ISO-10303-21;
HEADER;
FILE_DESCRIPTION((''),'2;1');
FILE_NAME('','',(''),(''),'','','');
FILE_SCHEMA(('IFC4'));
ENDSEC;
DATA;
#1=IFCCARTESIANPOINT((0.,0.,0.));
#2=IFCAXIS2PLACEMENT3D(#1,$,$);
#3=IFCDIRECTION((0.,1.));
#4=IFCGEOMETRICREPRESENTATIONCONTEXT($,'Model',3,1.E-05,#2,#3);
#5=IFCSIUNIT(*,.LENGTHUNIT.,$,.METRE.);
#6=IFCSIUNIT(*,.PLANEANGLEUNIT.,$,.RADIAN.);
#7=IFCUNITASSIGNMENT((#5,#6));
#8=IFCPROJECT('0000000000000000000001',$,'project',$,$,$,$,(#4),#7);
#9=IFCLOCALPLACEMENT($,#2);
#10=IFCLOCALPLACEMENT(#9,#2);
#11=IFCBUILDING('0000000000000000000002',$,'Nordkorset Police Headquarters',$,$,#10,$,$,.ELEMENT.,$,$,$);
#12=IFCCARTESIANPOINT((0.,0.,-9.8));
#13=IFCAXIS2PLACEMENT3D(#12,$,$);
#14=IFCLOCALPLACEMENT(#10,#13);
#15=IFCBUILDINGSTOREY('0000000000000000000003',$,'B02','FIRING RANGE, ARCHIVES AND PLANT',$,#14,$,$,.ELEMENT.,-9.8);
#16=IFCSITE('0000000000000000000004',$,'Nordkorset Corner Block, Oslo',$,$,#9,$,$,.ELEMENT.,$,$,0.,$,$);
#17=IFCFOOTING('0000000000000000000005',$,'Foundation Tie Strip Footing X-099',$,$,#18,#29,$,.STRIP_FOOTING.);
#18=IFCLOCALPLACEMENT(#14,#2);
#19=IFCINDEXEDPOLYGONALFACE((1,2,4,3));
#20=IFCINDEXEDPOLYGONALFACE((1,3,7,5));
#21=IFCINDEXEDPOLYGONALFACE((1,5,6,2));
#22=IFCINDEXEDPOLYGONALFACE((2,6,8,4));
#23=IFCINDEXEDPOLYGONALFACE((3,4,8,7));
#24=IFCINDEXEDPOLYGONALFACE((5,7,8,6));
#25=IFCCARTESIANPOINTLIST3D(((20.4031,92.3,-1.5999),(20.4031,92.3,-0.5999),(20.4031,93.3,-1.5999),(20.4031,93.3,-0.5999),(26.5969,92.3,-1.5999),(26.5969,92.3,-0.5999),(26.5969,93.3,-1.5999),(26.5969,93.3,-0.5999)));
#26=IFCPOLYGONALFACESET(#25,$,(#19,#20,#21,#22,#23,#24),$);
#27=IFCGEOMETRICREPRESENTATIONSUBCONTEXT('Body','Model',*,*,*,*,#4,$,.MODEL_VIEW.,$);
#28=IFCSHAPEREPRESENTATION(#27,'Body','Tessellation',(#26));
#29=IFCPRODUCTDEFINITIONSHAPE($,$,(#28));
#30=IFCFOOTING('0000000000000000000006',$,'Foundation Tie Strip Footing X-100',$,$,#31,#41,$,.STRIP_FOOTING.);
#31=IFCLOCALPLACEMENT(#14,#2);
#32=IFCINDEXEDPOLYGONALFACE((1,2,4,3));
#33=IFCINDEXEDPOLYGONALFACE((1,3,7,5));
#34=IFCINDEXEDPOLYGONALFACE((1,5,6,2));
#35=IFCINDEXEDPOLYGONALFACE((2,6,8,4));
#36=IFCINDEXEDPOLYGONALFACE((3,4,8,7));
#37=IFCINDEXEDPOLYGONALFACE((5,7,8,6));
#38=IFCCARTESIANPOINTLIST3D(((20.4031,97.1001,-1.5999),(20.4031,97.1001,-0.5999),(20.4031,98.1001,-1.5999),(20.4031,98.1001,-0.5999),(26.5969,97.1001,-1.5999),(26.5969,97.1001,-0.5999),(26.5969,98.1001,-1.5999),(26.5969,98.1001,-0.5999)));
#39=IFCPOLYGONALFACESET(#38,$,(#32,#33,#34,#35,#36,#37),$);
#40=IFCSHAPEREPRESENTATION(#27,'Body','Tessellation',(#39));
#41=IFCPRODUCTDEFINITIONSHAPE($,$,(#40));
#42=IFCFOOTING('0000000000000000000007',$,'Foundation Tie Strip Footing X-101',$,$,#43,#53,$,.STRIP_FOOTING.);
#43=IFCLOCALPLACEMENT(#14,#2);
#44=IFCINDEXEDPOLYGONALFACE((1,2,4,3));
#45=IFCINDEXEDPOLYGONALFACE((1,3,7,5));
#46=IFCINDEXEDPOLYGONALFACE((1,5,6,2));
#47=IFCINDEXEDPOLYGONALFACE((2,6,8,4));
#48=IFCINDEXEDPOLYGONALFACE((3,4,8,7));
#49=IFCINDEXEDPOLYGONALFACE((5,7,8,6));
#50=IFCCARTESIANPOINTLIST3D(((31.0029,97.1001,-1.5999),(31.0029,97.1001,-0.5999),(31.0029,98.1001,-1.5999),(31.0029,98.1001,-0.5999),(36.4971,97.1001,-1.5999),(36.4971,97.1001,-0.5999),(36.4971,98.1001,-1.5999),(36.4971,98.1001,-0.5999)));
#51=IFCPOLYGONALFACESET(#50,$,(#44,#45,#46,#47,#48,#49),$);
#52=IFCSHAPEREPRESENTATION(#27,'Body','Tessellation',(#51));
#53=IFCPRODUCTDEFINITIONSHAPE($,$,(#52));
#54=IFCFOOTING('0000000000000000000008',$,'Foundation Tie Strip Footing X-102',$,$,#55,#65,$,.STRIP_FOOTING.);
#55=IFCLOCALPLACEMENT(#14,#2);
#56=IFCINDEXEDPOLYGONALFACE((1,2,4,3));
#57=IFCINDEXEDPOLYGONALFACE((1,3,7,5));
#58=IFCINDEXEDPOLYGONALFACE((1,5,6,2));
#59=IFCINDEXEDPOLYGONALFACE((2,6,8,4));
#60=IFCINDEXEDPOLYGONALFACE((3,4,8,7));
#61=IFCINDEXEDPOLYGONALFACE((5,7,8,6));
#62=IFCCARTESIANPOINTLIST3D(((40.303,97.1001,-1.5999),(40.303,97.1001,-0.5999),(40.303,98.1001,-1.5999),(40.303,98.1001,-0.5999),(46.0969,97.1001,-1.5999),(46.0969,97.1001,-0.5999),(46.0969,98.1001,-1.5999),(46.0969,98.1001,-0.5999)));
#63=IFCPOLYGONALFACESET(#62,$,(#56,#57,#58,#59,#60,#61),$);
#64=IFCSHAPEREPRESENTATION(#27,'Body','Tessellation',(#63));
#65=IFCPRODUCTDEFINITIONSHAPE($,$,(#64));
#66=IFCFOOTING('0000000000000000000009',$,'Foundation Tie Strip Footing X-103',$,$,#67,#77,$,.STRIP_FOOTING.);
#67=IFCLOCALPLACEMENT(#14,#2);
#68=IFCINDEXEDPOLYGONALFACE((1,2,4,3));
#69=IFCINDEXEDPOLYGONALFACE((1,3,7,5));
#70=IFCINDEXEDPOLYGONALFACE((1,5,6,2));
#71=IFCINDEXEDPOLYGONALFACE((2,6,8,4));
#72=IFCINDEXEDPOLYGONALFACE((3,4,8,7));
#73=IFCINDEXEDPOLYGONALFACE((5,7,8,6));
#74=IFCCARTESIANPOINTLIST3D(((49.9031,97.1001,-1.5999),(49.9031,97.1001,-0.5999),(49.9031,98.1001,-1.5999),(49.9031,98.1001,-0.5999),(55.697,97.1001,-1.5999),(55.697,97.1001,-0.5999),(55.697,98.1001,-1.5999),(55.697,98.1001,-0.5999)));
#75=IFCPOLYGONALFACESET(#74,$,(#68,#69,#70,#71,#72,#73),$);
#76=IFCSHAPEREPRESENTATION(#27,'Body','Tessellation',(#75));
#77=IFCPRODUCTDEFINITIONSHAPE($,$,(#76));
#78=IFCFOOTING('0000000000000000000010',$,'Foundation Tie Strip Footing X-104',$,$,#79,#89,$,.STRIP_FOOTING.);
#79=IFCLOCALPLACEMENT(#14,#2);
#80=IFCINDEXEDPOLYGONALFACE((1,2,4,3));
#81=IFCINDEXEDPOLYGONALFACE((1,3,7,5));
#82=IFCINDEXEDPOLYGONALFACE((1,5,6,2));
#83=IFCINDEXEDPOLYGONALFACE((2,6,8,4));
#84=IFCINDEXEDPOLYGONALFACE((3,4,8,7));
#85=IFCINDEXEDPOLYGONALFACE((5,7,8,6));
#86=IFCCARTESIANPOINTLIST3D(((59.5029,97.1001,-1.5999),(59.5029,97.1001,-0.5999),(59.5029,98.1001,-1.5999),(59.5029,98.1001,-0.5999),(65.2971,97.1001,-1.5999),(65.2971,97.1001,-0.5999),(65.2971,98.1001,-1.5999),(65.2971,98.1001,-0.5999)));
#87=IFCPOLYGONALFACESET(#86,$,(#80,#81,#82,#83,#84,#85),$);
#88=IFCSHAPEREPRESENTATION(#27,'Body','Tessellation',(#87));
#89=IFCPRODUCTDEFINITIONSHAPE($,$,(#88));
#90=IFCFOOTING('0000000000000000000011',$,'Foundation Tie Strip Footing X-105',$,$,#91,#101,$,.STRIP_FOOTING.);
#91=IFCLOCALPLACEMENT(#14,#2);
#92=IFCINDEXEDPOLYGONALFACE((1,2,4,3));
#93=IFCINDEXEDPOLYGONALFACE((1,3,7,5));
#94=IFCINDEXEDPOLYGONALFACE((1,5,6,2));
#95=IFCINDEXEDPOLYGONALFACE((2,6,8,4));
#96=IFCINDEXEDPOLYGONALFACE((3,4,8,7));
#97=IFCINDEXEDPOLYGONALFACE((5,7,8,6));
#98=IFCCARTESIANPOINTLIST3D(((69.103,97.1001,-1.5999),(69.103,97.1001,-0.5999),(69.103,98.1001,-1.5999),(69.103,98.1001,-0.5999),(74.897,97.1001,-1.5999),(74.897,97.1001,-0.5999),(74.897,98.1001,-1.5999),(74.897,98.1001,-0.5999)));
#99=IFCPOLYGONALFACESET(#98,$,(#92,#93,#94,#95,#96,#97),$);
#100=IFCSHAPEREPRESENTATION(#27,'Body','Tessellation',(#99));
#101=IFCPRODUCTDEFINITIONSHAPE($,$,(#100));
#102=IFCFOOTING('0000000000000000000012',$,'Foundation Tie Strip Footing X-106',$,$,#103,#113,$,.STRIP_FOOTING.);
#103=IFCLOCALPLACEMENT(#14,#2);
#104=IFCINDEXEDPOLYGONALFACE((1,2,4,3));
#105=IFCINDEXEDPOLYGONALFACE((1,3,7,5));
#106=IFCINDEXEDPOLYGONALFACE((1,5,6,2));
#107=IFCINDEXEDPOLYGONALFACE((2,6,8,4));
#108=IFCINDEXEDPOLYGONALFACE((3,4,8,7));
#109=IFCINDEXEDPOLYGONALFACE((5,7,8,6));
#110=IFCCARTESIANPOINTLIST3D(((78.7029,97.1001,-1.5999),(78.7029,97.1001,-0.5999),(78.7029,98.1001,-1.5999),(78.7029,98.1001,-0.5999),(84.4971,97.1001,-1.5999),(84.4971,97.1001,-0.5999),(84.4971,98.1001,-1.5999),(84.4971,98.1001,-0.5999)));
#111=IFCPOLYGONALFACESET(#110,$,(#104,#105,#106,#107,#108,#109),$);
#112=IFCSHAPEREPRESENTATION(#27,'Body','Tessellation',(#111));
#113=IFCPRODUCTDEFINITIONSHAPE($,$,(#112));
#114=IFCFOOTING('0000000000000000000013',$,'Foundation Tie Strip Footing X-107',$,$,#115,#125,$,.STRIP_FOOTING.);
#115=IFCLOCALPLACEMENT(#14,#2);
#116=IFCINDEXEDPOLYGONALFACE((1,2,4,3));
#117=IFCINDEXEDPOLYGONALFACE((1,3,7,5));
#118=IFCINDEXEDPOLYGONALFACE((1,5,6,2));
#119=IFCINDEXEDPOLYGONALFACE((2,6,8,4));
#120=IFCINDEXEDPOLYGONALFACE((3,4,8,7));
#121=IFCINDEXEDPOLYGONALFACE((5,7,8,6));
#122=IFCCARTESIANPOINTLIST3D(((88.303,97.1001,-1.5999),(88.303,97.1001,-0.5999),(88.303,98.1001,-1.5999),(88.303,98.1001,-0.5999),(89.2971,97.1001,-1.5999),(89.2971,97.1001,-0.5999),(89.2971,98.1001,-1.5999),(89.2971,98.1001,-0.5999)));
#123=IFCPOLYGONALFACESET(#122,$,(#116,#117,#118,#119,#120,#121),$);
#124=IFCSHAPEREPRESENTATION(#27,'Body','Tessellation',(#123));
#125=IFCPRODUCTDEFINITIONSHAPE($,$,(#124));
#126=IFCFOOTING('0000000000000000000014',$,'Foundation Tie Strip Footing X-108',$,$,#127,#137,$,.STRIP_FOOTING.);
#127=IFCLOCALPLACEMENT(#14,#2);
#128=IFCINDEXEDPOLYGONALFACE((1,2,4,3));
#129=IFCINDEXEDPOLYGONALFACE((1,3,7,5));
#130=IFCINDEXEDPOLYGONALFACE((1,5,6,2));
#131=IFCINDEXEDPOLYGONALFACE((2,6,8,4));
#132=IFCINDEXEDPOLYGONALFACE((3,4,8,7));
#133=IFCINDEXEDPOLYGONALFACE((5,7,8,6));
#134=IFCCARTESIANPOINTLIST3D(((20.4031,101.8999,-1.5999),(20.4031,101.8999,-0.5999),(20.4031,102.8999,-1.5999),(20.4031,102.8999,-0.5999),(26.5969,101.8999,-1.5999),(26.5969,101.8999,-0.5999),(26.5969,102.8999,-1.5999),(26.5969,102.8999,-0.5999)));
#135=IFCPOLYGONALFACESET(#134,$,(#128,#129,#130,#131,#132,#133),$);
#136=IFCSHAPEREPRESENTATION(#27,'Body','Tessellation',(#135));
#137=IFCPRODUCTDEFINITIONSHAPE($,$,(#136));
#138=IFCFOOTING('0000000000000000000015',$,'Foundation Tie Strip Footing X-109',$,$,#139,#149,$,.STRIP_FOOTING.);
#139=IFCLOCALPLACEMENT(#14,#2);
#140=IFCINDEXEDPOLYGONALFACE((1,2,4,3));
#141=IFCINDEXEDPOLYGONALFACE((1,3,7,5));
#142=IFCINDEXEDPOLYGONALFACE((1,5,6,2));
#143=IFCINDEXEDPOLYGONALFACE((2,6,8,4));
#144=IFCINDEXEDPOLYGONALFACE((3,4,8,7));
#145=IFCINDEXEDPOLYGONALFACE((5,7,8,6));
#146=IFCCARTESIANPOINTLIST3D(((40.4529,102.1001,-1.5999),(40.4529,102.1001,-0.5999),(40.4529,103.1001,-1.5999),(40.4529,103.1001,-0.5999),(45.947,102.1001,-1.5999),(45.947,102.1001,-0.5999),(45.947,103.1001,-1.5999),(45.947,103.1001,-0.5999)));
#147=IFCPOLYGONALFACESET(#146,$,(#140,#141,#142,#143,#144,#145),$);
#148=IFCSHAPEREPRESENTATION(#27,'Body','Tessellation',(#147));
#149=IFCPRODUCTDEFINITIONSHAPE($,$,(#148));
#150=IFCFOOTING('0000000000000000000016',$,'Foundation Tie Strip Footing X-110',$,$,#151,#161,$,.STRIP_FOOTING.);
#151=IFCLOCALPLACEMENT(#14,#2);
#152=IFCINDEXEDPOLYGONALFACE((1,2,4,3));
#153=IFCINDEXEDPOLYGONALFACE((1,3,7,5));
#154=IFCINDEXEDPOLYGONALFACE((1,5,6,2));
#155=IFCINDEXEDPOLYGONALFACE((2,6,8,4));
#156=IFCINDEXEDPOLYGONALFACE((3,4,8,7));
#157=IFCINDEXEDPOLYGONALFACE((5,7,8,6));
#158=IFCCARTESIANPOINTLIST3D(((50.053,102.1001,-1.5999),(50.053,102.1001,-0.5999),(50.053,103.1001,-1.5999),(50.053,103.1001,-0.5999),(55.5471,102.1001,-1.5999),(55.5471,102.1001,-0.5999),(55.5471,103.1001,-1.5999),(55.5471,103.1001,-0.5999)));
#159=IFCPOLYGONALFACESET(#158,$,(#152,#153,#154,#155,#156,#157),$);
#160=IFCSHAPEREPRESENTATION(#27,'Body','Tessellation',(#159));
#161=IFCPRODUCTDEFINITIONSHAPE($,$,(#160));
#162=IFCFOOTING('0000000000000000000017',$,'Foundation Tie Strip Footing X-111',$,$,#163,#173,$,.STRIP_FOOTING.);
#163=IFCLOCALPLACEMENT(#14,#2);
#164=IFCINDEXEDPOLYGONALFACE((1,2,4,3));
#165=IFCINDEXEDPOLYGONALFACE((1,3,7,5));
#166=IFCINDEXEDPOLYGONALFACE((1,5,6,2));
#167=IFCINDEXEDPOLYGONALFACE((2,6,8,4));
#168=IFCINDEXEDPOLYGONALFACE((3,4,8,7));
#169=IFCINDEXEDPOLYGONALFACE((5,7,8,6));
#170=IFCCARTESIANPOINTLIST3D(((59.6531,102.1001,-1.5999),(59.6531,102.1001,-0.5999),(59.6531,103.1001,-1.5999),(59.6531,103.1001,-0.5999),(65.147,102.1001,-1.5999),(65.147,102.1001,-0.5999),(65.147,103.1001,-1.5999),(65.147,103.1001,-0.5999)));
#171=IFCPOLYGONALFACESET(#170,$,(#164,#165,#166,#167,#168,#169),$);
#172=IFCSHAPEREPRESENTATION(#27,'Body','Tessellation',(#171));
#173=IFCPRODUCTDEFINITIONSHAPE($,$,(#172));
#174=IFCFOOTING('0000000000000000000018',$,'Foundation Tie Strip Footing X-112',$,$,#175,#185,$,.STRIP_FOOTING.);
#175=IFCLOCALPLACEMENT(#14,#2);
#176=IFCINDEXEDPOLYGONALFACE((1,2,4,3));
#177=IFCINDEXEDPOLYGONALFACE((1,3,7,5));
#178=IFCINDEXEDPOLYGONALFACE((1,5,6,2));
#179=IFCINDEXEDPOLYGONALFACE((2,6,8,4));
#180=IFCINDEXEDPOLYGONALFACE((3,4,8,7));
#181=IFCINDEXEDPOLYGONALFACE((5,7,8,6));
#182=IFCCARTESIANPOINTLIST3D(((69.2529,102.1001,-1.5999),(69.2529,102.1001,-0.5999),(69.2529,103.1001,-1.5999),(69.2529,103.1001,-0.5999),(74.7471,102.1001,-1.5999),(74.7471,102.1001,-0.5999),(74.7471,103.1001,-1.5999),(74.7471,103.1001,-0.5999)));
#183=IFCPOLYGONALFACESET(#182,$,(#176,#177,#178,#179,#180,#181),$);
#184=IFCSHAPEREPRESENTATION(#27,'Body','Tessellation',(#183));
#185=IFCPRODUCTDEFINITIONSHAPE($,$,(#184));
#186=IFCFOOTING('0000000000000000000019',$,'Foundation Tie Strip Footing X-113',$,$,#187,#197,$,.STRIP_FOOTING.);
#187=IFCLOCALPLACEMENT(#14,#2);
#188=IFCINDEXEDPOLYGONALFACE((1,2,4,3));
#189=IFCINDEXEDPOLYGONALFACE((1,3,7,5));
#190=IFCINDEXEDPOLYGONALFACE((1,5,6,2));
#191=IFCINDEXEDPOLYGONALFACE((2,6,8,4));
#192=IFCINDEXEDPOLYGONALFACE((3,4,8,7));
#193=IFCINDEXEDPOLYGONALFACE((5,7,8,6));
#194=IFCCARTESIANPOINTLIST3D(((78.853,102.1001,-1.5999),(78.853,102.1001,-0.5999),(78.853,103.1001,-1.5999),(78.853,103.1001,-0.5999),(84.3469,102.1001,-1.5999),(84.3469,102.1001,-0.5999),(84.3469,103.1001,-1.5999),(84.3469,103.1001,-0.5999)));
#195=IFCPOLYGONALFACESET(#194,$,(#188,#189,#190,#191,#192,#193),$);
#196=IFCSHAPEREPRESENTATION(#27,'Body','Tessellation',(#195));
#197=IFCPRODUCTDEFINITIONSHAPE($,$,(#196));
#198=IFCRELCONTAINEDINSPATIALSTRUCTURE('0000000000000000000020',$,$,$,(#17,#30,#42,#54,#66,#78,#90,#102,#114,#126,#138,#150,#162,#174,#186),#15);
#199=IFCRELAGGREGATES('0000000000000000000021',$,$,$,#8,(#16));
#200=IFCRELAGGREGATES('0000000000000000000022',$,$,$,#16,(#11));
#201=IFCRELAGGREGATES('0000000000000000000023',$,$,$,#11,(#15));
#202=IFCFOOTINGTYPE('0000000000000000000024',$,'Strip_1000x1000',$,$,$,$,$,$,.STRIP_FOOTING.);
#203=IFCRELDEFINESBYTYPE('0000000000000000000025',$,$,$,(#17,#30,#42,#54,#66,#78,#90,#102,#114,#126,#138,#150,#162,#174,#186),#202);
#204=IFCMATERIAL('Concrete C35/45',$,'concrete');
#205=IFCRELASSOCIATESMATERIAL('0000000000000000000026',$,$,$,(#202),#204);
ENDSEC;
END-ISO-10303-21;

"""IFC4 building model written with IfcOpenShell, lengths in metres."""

from ifc_helpers import new_model, si_unit, direction, frame, origin, place, context, subcontext, project, spatial, polyline, outline, extrude, material, type_object, element, save


model = new_model("IFC4")

# Units and contexts
model_context = context("Model", 3, precision=1e-05, world=origin(), true_north=direction((0.0, 1.0)))
body_context = subcontext(model_context, "Body", "Model", "MODEL_VIEW")
ifc_project = project(units=[si_unit("LENGTHUNIT", "METRE"), si_unit("PLANEANGLEUNIT", "RADIAN")], contexts=[model_context])

# Site, building, storey
site_placement = place(None, origin())
site = spatial("IfcSite", under=ifc_project, at=site_placement, Name="Nordkorset Corner Block, Oslo", CompositionType="ELEMENT", RefElevation=0.0)
building_placement = place(site_placement, origin())
building = spatial("IfcBuilding", under=site, at=building_placement, Name="Nordkorset Police Headquarters", CompositionType="ELEMENT")
storey_placement = place(building_placement, frame((0.0, 0.0, -9.8)))
storey = spatial("IfcBuildingStorey", under=building, at=storey_placement, Name="B02", Description="FIRING RANGE, ARCHIVES AND PLANT", CompositionType="ELEMENT", Elevation=-9.8)

# Footings
ifc_material = material(Name="Concrete C35/45", Category="concrete")
footing_type = type_object("IfcFootingType", Name="Strip_1000x1000", PredefinedType="STRIP_FOOTING", material=ifc_material)
footing_1_placement = place(storey_placement, frame((0.0, 0.0, -1.5999)))
element("IfcFooting", 1, at=footing_1_placement, inside=storey, type_object=footing_type, Name="Foundation Tie Strip Footing X-099", PredefinedType="STRIP_FOOTING", context=body_context, shape_type="SweptSolid", body=[
    extrude(outline(polyline([(20.4031, 92.3), (26.5969, 92.3), (26.5969, 93.3), (20.4031, 93.3), (20.4031, 92.3)])), origin(), (0.0, 0.0, 1.0), 1.0),
])
footing_2_placement = place(storey_placement, frame((0.0, 0.0, -1.5999)))
element("IfcFooting", 2, at=footing_2_placement, inside=storey, type_object=footing_type, Name="Foundation Tie Strip Footing X-100", PredefinedType="STRIP_FOOTING", context=body_context, shape_type="SweptSolid", body=[
    extrude(outline(polyline([(20.4031, 97.1001), (26.5969, 97.1001), (26.5969, 98.1001), (20.4031, 98.1001), (20.4031, 97.1001)])), origin(), (0.0, 0.0, 1.0), 1.0),
])
footing_3_placement = place(storey_placement, frame((0.0, 0.0, -1.5999)))
element("IfcFooting", 3, at=footing_3_placement, inside=storey, type_object=footing_type, Name="Foundation Tie Strip Footing X-101", PredefinedType="STRIP_FOOTING", context=body_context, shape_type="SweptSolid", body=[
    extrude(outline(polyline([(31.0029, 97.1001), (36.4971, 97.1001), (36.4971, 98.1001), (31.0029, 98.1001), (31.0029, 97.1001)])), origin(), (0.0, 0.0, 1.0), 1.0),
])
footing_4_placement = place(storey_placement, frame((0.0, 0.0, -1.5999)))
element("IfcFooting", 4, at=footing_4_placement, inside=storey, type_object=footing_type, Name="Foundation Tie Strip Footing X-102", PredefinedType="STRIP_FOOTING", context=body_context, shape_type="SweptSolid", body=[
    extrude(outline(polyline([(40.303, 97.1001), (46.0969, 97.1001), (46.0969, 98.1001), (40.303, 98.1001), (40.303, 97.1001)])), origin(), (0.0, 0.0, 1.0), 1.0),
])
footing_5_placement = place(storey_placement, frame((0.0, 0.0, -1.5999)))
element("IfcFooting", 5, at=footing_5_placement, inside=storey, type_object=footing_type, Name="Foundation Tie Strip Footing X-103", PredefinedType="STRIP_FOOTING", context=body_context, shape_type="SweptSolid", body=[
    extrude(outline(polyline([(49.9031, 97.1001), (55.697, 97.1001), (55.697, 98.1001), (49.9031, 98.1001), (49.9031, 97.1001)])), origin(), (0.0, 0.0, 1.0), 1.0),
])
footing_6_placement = place(storey_placement, frame((0.0, 0.0, -1.5999)))
element("IfcFooting", 6, at=footing_6_placement, inside=storey, type_object=footing_type, Name="Foundation Tie Strip Footing X-104", PredefinedType="STRIP_FOOTING", context=body_context, shape_type="SweptSolid", body=[
    extrude(outline(polyline([(59.5029, 97.1001), (65.2971, 97.1001), (65.2971, 98.1001), (59.5029, 98.1001), (59.5029, 97.1001)])), origin(), (0.0, 0.0, 1.0), 1.0),
])
footing_7_placement = place(storey_placement, frame((0.0, 0.0, -1.5999)))
element("IfcFooting", 7, at=footing_7_placement, inside=storey, type_object=footing_type, Name="Foundation Tie Strip Footing X-105", PredefinedType="STRIP_FOOTING", context=body_context, shape_type="SweptSolid", body=[
    extrude(outline(polyline([(69.103, 97.1001), (74.897, 97.1001), (74.897, 98.1001), (69.103, 98.1001), (69.103, 97.1001)])), origin(), (0.0, 0.0, 1.0), 1.0),
])
footing_8_placement = place(storey_placement, frame((0.0, 0.0, -1.5999)))
element("IfcFooting", 8, at=footing_8_placement, inside=storey, type_object=footing_type, Name="Foundation Tie Strip Footing X-106", PredefinedType="STRIP_FOOTING", context=body_context, shape_type="SweptSolid", body=[
    extrude(outline(polyline([(78.7029, 97.1001), (84.4971, 97.1001), (84.4971, 98.1001), (78.7029, 98.1001), (78.7029, 97.1001)])), origin(), (0.0, 0.0, 1.0), 1.0),
])
footing_9_placement = place(storey_placement, frame((0.0, 0.0, -1.5999)))
element("IfcFooting", 9, at=footing_9_placement, inside=storey, type_object=footing_type, Name="Foundation Tie Strip Footing X-107", PredefinedType="STRIP_FOOTING", context=body_context, shape_type="SweptSolid", body=[
    extrude(outline(polyline([(88.303, 97.1001), (89.2971, 97.1001), (89.2971, 98.1001), (88.303, 98.1001), (88.303, 97.1001)])), origin(), (0.0, 0.0, 1.0), 1.0),
])
footing_10_placement = place(storey_placement, frame((0.0, 0.0, -1.5999)))
element("IfcFooting", 10, at=footing_10_placement, inside=storey, type_object=footing_type, Name="Foundation Tie Strip Footing X-108", PredefinedType="STRIP_FOOTING", context=body_context, shape_type="SweptSolid", body=[
    extrude(outline(polyline([(20.4031, 101.8999), (26.5969, 101.8999), (26.5969, 102.8999), (20.4031, 102.8999), (20.4031, 101.8999)])), origin(), (0.0, 0.0, 1.0), 1.0),
])
footing_11_placement = place(storey_placement, frame((0.0, 0.0, -1.5999)))
element("IfcFooting", 11, at=footing_11_placement, inside=storey, type_object=footing_type, Name="Foundation Tie Strip Footing X-109", PredefinedType="STRIP_FOOTING", context=body_context, shape_type="SweptSolid", body=[
    extrude(outline(polyline([(40.4529, 102.1001), (45.947, 102.1001), (45.947, 103.1001), (40.4529, 103.1001), (40.4529, 102.1001)])), origin(), (0.0, 0.0, 1.0), 1.0),
])
footing_12_placement = place(storey_placement, frame((0.0, 0.0, -1.5999)))
element("IfcFooting", 12, at=footing_12_placement, inside=storey, type_object=footing_type, Name="Foundation Tie Strip Footing X-110", PredefinedType="STRIP_FOOTING", context=body_context, shape_type="SweptSolid", body=[
    extrude(outline(polyline([(50.053, 102.1001), (55.5471, 102.1001), (55.5471, 103.1001), (50.053, 103.1001), (50.053, 102.1001)])), origin(), (0.0, 0.0, 1.0), 1.0),
])
footing_13_placement = place(storey_placement, frame((0.0, 0.0, -1.5999)))
element("IfcFooting", 13, at=footing_13_placement, inside=storey, type_object=footing_type, Name="Foundation Tie Strip Footing X-111", PredefinedType="STRIP_FOOTING", context=body_context, shape_type="SweptSolid", body=[
    extrude(outline(polyline([(59.6531, 102.1001), (65.147, 102.1001), (65.147, 103.1001), (59.6531, 103.1001), (59.6531, 102.1001)])), origin(), (0.0, 0.0, 1.0), 1.0),
])
footing_14_placement = place(storey_placement, frame((0.0, 0.0, -1.5999)))
element("IfcFooting", 14, at=footing_14_placement, inside=storey, type_object=footing_type, Name="Foundation Tie Strip Footing X-112", PredefinedType="STRIP_FOOTING", context=body_context, shape_type="SweptSolid", body=[
    extrude(outline(polyline([(69.2529, 102.1001), (74.7471, 102.1001), (74.7471, 103.1001), (69.2529, 103.1001), (69.2529, 102.1001)])), origin(), (0.0, 0.0, 1.0), 1.0),
])
footing_15_placement = place(storey_placement, frame((0.0, 0.0, -1.5999)))
element("IfcFooting", 15, at=footing_15_placement, inside=storey, type_object=footing_type, Name="Foundation Tie Strip Footing X-113", PredefinedType="STRIP_FOOTING", context=body_context, shape_type="SweptSolid", body=[
    extrude(outline(polyline([(78.853, 102.1001), (84.3469, 102.1001), (84.3469, 103.1001), (78.853, 103.1001), (78.853, 102.1001)])), origin(), (0.0, 0.0, 1.0), 1.0),
])

save(model, "model.ifc")
